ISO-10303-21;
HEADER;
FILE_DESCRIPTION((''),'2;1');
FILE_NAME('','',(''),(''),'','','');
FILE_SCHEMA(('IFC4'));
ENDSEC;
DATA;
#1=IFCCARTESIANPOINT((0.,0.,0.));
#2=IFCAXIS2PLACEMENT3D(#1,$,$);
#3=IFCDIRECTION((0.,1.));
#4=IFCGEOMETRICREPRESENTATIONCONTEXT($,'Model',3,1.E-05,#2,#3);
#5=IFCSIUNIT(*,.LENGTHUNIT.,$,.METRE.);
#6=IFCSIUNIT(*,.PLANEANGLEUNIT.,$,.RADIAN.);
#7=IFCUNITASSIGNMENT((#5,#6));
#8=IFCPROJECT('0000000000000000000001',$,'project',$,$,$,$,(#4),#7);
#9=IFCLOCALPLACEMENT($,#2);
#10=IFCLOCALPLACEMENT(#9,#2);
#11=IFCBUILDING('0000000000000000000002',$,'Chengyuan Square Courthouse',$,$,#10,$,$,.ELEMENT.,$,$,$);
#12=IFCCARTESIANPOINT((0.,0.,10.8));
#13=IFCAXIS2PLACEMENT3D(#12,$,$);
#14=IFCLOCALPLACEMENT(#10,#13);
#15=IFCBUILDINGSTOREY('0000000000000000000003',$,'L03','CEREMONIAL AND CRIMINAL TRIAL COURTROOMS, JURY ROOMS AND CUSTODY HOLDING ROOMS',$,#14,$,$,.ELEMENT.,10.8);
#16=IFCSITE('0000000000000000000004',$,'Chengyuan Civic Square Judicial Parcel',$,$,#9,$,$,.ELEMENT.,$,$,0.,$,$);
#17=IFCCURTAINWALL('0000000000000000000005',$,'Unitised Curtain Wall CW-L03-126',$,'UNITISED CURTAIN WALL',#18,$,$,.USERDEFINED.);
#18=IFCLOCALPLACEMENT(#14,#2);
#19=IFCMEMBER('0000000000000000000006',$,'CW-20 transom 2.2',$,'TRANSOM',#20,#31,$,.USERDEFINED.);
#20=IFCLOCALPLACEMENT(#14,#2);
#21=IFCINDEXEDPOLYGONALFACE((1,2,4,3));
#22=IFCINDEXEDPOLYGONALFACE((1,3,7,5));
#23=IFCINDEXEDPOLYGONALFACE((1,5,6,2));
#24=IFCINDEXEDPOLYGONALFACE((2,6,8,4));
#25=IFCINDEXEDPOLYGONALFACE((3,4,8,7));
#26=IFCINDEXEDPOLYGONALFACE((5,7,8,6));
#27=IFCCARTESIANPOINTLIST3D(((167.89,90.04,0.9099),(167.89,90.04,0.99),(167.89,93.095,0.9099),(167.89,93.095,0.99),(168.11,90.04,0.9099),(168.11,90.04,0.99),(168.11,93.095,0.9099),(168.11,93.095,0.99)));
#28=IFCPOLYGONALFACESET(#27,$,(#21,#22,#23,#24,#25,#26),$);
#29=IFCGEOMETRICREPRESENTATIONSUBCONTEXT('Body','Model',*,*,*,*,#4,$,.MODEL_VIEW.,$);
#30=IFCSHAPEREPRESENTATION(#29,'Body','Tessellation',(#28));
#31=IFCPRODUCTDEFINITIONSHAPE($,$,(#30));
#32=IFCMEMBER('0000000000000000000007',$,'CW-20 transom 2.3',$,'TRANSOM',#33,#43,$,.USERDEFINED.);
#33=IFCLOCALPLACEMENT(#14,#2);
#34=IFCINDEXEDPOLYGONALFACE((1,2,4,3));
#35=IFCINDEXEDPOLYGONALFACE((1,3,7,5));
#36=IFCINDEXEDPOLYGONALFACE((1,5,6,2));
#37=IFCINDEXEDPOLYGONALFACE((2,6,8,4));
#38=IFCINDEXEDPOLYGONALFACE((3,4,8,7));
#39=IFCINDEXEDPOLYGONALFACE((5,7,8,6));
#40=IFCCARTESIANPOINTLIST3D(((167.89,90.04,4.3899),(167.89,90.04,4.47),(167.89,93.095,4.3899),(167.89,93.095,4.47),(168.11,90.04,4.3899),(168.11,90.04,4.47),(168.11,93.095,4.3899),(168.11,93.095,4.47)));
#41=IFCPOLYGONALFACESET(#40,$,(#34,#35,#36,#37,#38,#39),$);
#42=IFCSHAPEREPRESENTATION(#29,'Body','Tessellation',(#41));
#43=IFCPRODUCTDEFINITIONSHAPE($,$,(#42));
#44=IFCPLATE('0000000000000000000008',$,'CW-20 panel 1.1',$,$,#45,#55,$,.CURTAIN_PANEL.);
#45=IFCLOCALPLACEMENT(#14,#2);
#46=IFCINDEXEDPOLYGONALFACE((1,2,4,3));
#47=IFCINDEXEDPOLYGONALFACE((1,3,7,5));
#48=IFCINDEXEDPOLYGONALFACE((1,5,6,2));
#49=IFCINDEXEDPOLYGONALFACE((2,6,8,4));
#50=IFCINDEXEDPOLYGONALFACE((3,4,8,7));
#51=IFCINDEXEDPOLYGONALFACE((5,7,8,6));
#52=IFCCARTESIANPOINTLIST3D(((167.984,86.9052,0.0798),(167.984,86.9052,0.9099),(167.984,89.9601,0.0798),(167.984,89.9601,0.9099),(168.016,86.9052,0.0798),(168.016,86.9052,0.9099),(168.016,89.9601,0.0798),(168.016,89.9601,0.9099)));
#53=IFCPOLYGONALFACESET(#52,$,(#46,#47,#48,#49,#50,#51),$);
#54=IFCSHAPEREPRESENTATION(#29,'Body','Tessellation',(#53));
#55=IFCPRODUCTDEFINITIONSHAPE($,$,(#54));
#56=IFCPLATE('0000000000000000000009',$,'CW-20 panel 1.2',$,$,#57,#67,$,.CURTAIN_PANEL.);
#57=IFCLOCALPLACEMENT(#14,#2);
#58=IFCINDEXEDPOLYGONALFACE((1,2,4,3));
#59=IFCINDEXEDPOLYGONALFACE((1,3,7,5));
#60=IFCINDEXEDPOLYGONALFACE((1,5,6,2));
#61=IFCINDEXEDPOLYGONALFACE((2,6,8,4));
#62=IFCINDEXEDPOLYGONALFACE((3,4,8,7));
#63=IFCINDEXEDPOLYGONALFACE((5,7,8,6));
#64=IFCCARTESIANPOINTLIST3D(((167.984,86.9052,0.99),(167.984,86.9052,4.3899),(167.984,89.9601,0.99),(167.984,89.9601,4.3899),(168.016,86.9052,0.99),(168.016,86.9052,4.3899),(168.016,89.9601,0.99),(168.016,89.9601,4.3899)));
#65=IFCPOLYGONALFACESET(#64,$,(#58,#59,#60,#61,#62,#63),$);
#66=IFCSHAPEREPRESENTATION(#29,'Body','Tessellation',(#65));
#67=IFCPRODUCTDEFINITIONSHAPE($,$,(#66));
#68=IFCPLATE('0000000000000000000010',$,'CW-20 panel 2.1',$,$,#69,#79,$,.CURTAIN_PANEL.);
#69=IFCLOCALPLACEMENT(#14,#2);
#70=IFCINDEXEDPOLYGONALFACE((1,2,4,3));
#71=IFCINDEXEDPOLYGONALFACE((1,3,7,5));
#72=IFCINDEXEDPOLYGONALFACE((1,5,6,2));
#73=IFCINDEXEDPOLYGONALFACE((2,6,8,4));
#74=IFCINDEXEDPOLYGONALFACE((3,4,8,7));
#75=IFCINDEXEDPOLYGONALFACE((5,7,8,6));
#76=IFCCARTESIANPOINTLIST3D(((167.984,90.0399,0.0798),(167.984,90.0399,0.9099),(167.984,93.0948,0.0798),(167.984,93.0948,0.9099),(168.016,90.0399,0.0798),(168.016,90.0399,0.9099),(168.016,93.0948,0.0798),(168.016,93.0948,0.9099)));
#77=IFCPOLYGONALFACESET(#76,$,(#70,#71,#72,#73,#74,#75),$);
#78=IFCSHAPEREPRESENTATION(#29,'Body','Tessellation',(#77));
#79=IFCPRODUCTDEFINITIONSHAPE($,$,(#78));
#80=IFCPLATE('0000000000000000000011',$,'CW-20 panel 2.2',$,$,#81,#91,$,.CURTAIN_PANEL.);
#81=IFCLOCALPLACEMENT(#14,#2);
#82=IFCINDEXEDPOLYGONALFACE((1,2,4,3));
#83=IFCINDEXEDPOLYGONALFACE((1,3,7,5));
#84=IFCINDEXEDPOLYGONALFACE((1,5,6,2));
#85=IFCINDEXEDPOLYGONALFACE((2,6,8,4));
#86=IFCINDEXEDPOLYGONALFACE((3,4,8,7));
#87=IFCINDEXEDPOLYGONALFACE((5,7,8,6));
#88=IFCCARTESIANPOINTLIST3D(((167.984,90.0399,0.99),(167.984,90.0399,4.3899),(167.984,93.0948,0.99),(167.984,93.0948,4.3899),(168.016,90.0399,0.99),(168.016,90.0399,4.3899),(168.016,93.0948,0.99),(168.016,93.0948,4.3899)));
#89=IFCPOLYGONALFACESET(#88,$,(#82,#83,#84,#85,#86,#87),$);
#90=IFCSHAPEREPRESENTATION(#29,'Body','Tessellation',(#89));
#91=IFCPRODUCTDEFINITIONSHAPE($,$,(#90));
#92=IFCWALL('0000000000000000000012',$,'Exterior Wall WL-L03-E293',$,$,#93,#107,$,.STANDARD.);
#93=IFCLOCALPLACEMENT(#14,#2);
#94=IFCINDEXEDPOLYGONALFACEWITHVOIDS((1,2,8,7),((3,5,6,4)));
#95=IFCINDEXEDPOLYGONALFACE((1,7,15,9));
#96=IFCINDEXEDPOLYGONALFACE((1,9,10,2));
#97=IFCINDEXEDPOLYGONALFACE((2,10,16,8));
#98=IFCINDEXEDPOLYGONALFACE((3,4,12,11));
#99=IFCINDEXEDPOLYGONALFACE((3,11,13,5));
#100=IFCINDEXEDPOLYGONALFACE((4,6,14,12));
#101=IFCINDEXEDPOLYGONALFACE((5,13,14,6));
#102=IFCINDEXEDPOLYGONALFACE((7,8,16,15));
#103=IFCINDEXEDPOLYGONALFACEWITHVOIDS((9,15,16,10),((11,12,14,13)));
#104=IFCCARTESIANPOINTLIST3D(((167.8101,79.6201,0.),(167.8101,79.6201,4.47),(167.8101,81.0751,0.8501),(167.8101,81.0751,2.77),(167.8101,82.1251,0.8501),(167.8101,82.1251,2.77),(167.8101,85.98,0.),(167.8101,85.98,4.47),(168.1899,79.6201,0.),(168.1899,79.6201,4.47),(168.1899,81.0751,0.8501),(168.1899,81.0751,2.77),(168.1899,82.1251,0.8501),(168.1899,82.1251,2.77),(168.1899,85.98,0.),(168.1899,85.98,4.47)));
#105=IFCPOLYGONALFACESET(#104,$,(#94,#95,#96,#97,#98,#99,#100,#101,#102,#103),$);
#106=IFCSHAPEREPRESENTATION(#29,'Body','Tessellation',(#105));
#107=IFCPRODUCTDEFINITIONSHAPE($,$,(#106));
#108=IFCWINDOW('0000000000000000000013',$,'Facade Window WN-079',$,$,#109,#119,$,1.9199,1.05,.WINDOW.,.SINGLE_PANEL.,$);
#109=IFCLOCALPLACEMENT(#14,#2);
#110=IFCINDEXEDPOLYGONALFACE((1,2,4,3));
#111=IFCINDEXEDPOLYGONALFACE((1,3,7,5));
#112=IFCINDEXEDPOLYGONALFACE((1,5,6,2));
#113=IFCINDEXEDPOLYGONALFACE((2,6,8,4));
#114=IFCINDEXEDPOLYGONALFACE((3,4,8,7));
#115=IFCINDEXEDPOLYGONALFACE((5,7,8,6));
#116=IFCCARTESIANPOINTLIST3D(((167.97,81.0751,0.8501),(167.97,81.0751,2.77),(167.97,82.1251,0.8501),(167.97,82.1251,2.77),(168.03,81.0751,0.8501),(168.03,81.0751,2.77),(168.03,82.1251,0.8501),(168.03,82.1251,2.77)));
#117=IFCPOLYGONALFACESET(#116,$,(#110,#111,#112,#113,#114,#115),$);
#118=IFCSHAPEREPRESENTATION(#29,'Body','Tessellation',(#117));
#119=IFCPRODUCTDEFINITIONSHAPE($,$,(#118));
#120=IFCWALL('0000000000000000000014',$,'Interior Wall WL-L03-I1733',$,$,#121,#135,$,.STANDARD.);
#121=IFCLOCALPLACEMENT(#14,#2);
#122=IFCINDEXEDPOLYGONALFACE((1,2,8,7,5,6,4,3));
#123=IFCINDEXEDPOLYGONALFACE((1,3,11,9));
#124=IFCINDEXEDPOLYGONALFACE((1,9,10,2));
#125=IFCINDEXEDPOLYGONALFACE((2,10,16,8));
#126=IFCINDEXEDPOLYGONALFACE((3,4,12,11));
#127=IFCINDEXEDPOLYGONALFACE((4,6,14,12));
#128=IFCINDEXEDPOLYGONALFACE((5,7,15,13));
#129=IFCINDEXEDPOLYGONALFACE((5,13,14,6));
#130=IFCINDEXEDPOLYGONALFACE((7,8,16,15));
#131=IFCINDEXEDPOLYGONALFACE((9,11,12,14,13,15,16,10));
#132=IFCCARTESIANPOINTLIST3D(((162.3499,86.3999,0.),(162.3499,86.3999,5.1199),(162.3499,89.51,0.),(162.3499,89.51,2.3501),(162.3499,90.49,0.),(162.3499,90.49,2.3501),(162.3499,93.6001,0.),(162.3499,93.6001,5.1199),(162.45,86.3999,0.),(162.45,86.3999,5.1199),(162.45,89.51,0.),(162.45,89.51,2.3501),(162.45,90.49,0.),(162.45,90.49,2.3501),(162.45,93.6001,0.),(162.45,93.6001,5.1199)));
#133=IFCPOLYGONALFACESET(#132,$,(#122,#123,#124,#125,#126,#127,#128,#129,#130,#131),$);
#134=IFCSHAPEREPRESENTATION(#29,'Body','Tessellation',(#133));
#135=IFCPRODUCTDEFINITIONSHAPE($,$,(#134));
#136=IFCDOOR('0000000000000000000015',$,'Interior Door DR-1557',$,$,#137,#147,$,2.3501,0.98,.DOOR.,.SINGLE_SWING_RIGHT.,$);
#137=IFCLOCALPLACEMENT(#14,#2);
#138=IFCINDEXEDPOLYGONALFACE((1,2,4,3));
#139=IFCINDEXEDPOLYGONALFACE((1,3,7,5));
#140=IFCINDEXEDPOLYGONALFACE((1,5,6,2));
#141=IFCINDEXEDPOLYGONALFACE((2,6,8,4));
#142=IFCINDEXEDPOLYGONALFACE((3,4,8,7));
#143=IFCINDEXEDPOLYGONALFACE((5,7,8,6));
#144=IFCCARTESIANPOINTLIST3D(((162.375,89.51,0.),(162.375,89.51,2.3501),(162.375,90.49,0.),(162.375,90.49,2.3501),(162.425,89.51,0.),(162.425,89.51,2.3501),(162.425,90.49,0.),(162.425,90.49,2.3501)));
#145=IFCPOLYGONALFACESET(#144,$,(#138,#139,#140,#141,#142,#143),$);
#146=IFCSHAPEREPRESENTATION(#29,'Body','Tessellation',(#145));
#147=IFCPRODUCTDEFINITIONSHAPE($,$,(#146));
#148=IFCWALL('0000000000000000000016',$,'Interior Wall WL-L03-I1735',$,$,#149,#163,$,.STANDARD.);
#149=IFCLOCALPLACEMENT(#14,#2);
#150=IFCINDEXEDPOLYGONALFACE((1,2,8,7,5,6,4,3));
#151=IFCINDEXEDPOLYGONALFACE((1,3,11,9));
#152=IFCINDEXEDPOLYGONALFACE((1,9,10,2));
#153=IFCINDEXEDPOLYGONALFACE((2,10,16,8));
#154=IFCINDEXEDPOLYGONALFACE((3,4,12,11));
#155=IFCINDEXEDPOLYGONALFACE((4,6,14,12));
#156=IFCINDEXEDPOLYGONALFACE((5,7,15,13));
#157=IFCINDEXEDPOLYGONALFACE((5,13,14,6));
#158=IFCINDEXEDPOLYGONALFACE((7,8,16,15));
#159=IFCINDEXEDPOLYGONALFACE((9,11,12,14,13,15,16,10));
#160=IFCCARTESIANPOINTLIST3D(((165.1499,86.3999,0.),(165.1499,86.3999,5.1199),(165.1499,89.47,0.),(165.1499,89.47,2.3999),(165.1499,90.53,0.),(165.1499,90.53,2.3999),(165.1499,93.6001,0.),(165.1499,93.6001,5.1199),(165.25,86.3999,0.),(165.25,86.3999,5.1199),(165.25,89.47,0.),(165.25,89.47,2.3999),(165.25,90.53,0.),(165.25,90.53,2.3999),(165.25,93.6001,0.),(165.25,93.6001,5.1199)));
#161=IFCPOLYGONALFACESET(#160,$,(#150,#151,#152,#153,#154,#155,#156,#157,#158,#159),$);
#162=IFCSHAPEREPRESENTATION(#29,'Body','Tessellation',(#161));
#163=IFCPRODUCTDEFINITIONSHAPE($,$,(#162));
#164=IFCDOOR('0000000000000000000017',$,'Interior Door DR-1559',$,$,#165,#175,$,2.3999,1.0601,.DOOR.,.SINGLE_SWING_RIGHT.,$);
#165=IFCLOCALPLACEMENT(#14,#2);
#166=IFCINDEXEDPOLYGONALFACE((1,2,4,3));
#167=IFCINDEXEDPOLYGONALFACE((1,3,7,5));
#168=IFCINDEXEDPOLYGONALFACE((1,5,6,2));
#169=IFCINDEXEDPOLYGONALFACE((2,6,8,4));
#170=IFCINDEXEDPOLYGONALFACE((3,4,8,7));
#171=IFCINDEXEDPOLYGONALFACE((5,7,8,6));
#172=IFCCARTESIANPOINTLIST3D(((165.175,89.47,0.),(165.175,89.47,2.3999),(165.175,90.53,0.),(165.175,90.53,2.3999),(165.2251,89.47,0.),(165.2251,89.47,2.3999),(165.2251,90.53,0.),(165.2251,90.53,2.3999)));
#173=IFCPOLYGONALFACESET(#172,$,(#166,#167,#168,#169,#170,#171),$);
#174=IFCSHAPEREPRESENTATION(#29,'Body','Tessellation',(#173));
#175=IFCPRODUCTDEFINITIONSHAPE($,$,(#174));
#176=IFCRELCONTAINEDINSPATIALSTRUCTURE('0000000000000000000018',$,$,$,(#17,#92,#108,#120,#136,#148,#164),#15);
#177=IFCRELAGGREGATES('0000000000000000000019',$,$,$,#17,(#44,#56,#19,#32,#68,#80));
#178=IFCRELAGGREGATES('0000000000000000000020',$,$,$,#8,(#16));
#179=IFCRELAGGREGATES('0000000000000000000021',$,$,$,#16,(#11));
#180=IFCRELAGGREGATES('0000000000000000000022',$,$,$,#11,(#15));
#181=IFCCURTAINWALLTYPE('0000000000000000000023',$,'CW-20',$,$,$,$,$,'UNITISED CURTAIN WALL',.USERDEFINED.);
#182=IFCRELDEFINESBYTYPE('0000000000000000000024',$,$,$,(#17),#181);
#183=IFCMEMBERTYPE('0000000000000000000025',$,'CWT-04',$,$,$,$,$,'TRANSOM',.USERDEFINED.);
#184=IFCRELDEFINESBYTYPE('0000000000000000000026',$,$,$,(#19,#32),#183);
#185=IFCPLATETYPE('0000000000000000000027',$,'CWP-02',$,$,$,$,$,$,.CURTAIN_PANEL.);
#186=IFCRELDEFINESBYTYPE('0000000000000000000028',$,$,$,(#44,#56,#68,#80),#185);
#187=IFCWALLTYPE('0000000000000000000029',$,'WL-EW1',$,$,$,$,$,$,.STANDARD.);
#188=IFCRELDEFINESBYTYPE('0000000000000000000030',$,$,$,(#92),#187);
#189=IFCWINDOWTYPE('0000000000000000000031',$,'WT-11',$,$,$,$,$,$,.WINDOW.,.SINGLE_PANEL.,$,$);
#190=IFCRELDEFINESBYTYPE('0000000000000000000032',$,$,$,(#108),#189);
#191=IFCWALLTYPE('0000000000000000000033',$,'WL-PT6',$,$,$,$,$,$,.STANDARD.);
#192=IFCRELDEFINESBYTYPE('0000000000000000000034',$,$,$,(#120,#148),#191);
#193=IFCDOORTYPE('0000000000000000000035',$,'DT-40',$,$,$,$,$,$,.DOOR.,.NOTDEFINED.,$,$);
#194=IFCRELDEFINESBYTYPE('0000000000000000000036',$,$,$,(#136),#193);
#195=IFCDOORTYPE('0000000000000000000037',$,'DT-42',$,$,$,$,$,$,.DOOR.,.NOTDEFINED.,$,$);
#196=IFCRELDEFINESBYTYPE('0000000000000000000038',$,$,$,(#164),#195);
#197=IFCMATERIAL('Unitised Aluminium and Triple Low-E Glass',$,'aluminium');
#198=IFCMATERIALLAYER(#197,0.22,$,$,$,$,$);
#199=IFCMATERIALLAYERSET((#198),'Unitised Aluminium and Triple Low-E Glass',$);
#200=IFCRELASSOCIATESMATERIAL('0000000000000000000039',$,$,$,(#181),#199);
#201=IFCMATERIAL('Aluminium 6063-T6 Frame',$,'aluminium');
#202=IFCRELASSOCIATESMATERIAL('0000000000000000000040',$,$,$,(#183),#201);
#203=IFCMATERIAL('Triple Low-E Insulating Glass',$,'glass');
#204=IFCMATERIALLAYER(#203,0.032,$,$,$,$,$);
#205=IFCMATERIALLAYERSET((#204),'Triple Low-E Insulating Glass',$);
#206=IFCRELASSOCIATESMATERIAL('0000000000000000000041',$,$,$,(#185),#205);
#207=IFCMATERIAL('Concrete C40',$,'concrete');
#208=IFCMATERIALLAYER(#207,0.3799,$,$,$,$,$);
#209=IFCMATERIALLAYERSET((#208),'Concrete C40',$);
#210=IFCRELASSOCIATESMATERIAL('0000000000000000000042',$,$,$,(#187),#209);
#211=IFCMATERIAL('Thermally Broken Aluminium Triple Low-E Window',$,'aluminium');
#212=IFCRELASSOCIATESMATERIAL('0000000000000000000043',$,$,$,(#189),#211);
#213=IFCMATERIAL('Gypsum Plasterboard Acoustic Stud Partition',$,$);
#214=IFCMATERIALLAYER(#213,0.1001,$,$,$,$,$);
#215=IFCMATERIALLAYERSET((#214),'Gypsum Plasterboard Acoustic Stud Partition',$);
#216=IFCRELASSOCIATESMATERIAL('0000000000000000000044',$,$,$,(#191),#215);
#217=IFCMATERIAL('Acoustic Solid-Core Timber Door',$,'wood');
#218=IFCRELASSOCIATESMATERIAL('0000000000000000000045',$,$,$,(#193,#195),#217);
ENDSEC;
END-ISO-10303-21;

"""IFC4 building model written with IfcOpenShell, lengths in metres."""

from ifc_helpers import new_model, si_unit, direction, frame, frame_2d, origin, origin_2d, place, context, subcontext, project, spatial, rectangle, extrude, material, layer, layer_set, material_profile, profile_set, type_object, element, fill, aggregate, save


model = new_model("IFC4")

# Units and contexts
model_context = context("Model", 3, precision=1e-05, world=origin(), true_north=direction((0.0, 1.0)))
body_context = subcontext(model_context, "Body", "Model", "MODEL_VIEW")
ifc_project = project(units=[si_unit("LENGTHUNIT", "METRE"), si_unit("PLANEANGLEUNIT", "RADIAN")], contexts=[model_context])

# Site, building, storey
site_placement = place(None, origin())
site = spatial("IfcSite", under=ifc_project, at=site_placement, Name="Chengyuan Civic Square Judicial Parcel", CompositionType="ELEMENT", RefElevation=0.0)
building_placement = place(site_placement, origin())
building = spatial("IfcBuilding", under=site, at=building_placement, Name="Chengyuan Square Courthouse", CompositionType="ELEMENT")
storey_placement = place(building_placement, frame((0.0, 0.0, 10.8)))
storey = spatial("IfcBuildingStorey", under=building, at=storey_placement, Name="L03", Description="CEREMONIAL AND CRIMINAL TRIAL COURTROOMS, JURY ROOMS AND CUSTODY HOLDING ROOMS", CompositionType="ELEMENT", Elevation=10.8)

# Shared definitions
ifc_material_1 = material(Name="Concrete C40", Category="concrete")

# Curtain wall, members, plates
ifc_material_2 = material(Name="Unitised Aluminium and Triple Low-E Glass", Category="aluminium")
ifc_layer_1 = layer(ifc_material_2, 0.22)
ifc_layer_set_1 = layer_set([ifc_layer_1], Name="Unitised Aluminium and Triple Low-E Glass")
curtain_wall_type = type_object("IfcCurtainWallType", Name="CW-20", ElementType="UNITISED CURTAIN WALL", PredefinedType="USERDEFINED", material=ifc_layer_set_1)
curtain_wall_placement = place(storey_placement, origin())
curtain_wall = element("IfcCurtainWall", 1, at=curtain_wall_placement, inside=storey, type_object=curtain_wall_type, Name="Unitised Curtain Wall CW-L03-126", ObjectType="UNITISED CURTAIN WALL", PredefinedType="USERDEFINED")
ifc_material_3 = material(Name="Aluminium 6063-T6 Frame", Category="aluminium")
ifc_material_profile_1 = material_profile(ifc_material_3, rectangle(XDim=0.22, YDim=0.0801, at=origin_2d()), Name="CW-TRN-80x180")
ifc_profile_set_1 = profile_set([ifc_material_profile_1], Name="Aluminium 6063-T6 Frame")
member_type_1 = type_object("IfcMemberType", Name="CWT-04", ElementType="TRANSOM", PredefinedType="USERDEFINED", material=ifc_profile_set_1)
member_1_placement = place(storey_placement, frame((168.0, 90.04, 0.95), z_axis=(0.0, 1.0, 0.0), x_axis=(-1.0, 0.0, 0.0)))
member_1 = element("IfcMember", 2, at=member_1_placement, type_object=member_type_1, Name="CW-20 transom 2.2", ObjectType="TRANSOM", PredefinedType="USERDEFINED", context=body_context, shape_type="SweptSolid", body=[
    extrude(rectangle(XDim=0.22, YDim=0.0801, at=origin_2d()), origin(), (0.0, 0.0, 1.0), 3.0549),
])
member_2_placement = place(storey_placement, frame((168.0, 90.04, 4.4299), z_axis=(0.0, 1.0, 0.0), x_axis=(-1.0, 0.0, 0.0)))
member_2 = element("IfcMember", 3, at=member_2_placement, type_object=member_type_1, Name="CW-20 transom 2.3", ObjectType="TRANSOM", PredefinedType="USERDEFINED", context=body_context, shape_type="SweptSolid", body=[
    extrude(rectangle(XDim=0.22, YDim=0.0801, at=origin_2d()), origin(), (0.0, 0.0, 1.0), 3.0549),
])
ifc_material_4 = material(Name="Triple Low-E Insulating Glass", Category="glass")
ifc_layer_2 = layer(ifc_material_4, 0.032)
ifc_layer_set_2 = layer_set([ifc_layer_2], Name="Triple Low-E Insulating Glass")
plate_type = type_object("IfcPlateType", Name="CWP-02", PredefinedType="CURTAIN_PANEL", material=ifc_layer_set_2)
plate_1_placement = place(storey_placement, frame((168.0, 88.4326, 0.0798), z_axis=(0.0, 0.0, 1.0), x_axis=(0.0, 1.0, 0.0)))
plate_1 = element("IfcPlate", 4, at=plate_1_placement, type_object=plate_type, Name="CW-20 panel 1.1", PredefinedType="CURTAIN_PANEL", context=body_context, shape_type="SweptSolid", body=[
    extrude(rectangle(XDim=3.0549, YDim=0.032, at=origin_2d()), origin(), (0.0, 0.0, 1.0), 0.8301),
])
plate_2_placement = place(storey_placement, frame((168.0, 88.4326, 0.99), z_axis=(0.0, 0.0, 1.0), x_axis=(0.0, 1.0, 0.0)))
plate_2 = element("IfcPlate", 5, at=plate_2_placement, type_object=plate_type, Name="CW-20 panel 1.2", PredefinedType="CURTAIN_PANEL", context=body_context, shape_type="SweptSolid", body=[
    extrude(rectangle(XDim=3.0549, YDim=0.032, at=origin_2d()), origin(), (0.0, 0.0, 1.0), 3.3999),
])
plate_3_placement = place(storey_placement, frame((168.0, 91.5674, 0.0798), z_axis=(0.0, 0.0, 1.0), x_axis=(0.0, 1.0, 0.0)))
plate_3 = element("IfcPlate", 6, at=plate_3_placement, type_object=plate_type, Name="CW-20 panel 2.1", PredefinedType="CURTAIN_PANEL", context=body_context, shape_type="SweptSolid", body=[
    extrude(rectangle(XDim=3.0549, YDim=0.032, at=origin_2d()), origin(), (0.0, 0.0, 1.0), 0.8301),
])
plate_4_placement = place(storey_placement, frame((168.0, 91.5674, 0.99), z_axis=(0.0, 0.0, 1.0), x_axis=(0.0, 1.0, 0.0)))
plate_4 = element("IfcPlate", 7, at=plate_4_placement, type_object=plate_type, Name="CW-20 panel 2.2", PredefinedType="CURTAIN_PANEL", context=body_context, shape_type="SweptSolid", body=[
    extrude(rectangle(XDim=3.0549, YDim=0.032, at=origin_2d()), origin(), (0.0, 0.0, 1.0), 3.3999),
])
aggregate(curtain_wall, [plate_1, plate_2, member_1, member_2, plate_3, plate_4])

# Wall, opening, window
ifc_layer_3 = layer(ifc_material_1, 0.3799)
ifc_layer_set_3 = layer_set([ifc_layer_3], Name="Concrete C40")
wall_type_1 = type_object("IfcWallType", Name="WL-EW1", PredefinedType="STANDARD", material=ifc_layer_set_3)
wall_1_placement = place(storey_placement, frame((168.0, 79.6201, 0.0), z_axis=(0.0, 0.0, 1.0), x_axis=(0.0, 1.0, 0.0)))
wall_1 = element("IfcWall", 8, at=wall_1_placement, inside=storey, type_object=wall_type_1, Name="Exterior Wall WL-L03-E293", PredefinedType="STANDARD", context=body_context, shape_type="SweptSolid", body=[
    extrude(rectangle(XDim=6.3599, YDim=0.3799, at=frame_2d((3.1799, 0.0))), origin(), (0.0, 0.0, 1.0), 4.47),
])
opening_1_placement = place(wall_1_placement, frame((1.4551, 0.0, 0.8501)))
opening_1 = element("IfcOpeningElement", 9, at=opening_1_placement, cuts=wall_1, PredefinedType="OPENING", context=body_context, shape_type="SweptSolid", body=[
    extrude(rectangle(XDim=1.05, YDim=1.9199, at=frame_2d((0.5249, 0.96))), frame((0.0, 0.2019, 0.0), z_axis=(0.0, -1.0, 0.0), x_axis=(1.0, 0.0, 0.0)), (0.0, 0.0, 1.0), 0.4038),
])
ifc_material_5 = material(Name="Thermally Broken Aluminium Triple Low-E Window", Category="aluminium")
window_type = type_object("IfcWindowType", Name="WT-11", PartitioningType="SINGLE_PANEL", PredefinedType="WINDOW", material=ifc_material_5)
window_placement = place(opening_1_placement, origin())
window = element("IfcWindow", 10, at=window_placement, inside=storey, type_object=window_type, Name="Facade Window WN-079", OverallHeight=1.9199, OverallWidth=1.05, PartitioningType="SINGLE_PANEL", PredefinedType="WINDOW", context=body_context, shape_type="SweptSolid", body=[
    extrude(rectangle(XDim=1.05, YDim=1.9199, at=frame_2d((0.5249, 0.96))), frame((0.0, 0.03, 0.0), z_axis=(0.0, -1.0, 0.0), x_axis=(1.0, 0.0, 0.0)), (0.0, 0.0, 1.0), 0.0601),
])
fill(opening_1, window)

# Walls, openings, doors
ifc_material_6 = material(Name="Gypsum Plasterboard Acoustic Stud Partition")
ifc_layer_4 = layer(ifc_material_6, 0.1001)
ifc_layer_set_4 = layer_set([ifc_layer_4], Name="Gypsum Plasterboard Acoustic Stud Partition")
wall_type_2 = type_object("IfcWallType", Name="WL-PT6", PredefinedType="STANDARD", material=ifc_layer_set_4)
wall_2_placement = place(storey_placement, frame((162.3999, 86.3999, 0.0), z_axis=(0.0, 0.0, 1.0), x_axis=(0.0, 1.0, 0.0)))
wall_2 = element("IfcWall", 11, at=wall_2_placement, inside=storey, type_object=wall_type_2, Name="Interior Wall WL-L03-I1733", PredefinedType="STANDARD", context=body_context, shape_type="SweptSolid", body=[
    extrude(rectangle(XDim=7.2002, YDim=0.1001, at=frame_2d((3.6001, 0.0))), origin(), (0.0, 0.0, 1.0), 5.1199),
])
opening_2_placement = place(wall_2_placement, frame((3.1101, 0.0, 0.0)))
opening_2 = element("IfcOpeningElement", 12, at=opening_2_placement, cuts=wall_2, PredefinedType="OPENING", context=body_context, shape_type="SweptSolid", body=[
    extrude(rectangle(XDim=0.98, YDim=2.3501, at=frame_2d((0.49, 1.175))), frame((0.0, 0.062, 0.0), z_axis=(0.0, -1.0, 0.0), x_axis=(1.0, 0.0, 0.0)), (0.0, 0.0, 1.0), 0.124),
])
ifc_material_7 = material(Name="Acoustic Solid-Core Timber Door", Category="wood")
door_type_1 = type_object("IfcDoorType", Name="DT-40", OperationType="NOTDEFINED", PredefinedType="DOOR", material=ifc_material_7)
door_1_placement = place(opening_2_placement, origin())
door_1 = element("IfcDoor", 13, at=door_1_placement, inside=storey, type_object=door_type_1, Name="Interior Door DR-1557", OperationType="SINGLE_SWING_RIGHT", OverallHeight=2.3501, OverallWidth=0.98, PredefinedType="DOOR", context=body_context, shape_type="SweptSolid", body=[
    extrude(rectangle(XDim=0.98, YDim=2.3501, at=frame_2d((0.49, 1.175))), frame((0.0, 0.0249, 0.0), z_axis=(0.0, -1.0, 0.0), x_axis=(1.0, 0.0, 0.0)), (0.0, 0.0, 1.0), 0.05),
])
fill(opening_2, door_1)
wall_3_placement = place(storey_placement, frame((165.2, 86.3999, 0.0), z_axis=(0.0, 0.0, 1.0), x_axis=(0.0, 1.0, 0.0)))
wall_3 = element("IfcWall", 14, at=wall_3_placement, inside=storey, type_object=wall_type_2, Name="Interior Wall WL-L03-I1735", PredefinedType="STANDARD", context=body_context, shape_type="SweptSolid", body=[
    extrude(rectangle(XDim=7.2002, YDim=0.1001, at=frame_2d((3.6001, 0.0))), origin(), (0.0, 0.0, 1.0), 5.1199),
])
opening_3_placement = place(wall_3_placement, frame((3.0701, 0.0, 0.0)))
opening_3 = element("IfcOpeningElement", 15, at=opening_3_placement, cuts=wall_3, PredefinedType="OPENING", context=body_context, shape_type="SweptSolid", body=[
    extrude(rectangle(XDim=1.0601, YDim=2.3999, at=frame_2d((0.53, 1.2))), frame((0.0, 0.062, 0.0), z_axis=(0.0, -1.0, 0.0), x_axis=(1.0, 0.0, 0.0)), (0.0, 0.0, 1.0), 0.124),
])
door_type_2 = type_object("IfcDoorType", Name="DT-42", OperationType="NOTDEFINED", PredefinedType="DOOR", material=ifc_material_7)
door_2_placement = place(opening_3_placement, origin())
door_2 = element("IfcDoor", 16, at=door_2_placement, inside=storey, type_object=door_type_2, Name="Interior Door DR-1559", OperationType="SINGLE_SWING_RIGHT", OverallHeight=2.3999, OverallWidth=1.0601, PredefinedType="DOOR", context=body_context, shape_type="SweptSolid", body=[
    extrude(rectangle(XDim=1.0601, YDim=2.3999, at=frame_2d((0.53, 1.2))), frame((0.0, 0.0249, 0.0), z_axis=(0.0, -1.0, 0.0), x_axis=(1.0, 0.0, 0.0)), (0.0, 0.0, 1.0), 0.05),
])
fill(opening_3, door_2)

save(model, "model.ifc")
